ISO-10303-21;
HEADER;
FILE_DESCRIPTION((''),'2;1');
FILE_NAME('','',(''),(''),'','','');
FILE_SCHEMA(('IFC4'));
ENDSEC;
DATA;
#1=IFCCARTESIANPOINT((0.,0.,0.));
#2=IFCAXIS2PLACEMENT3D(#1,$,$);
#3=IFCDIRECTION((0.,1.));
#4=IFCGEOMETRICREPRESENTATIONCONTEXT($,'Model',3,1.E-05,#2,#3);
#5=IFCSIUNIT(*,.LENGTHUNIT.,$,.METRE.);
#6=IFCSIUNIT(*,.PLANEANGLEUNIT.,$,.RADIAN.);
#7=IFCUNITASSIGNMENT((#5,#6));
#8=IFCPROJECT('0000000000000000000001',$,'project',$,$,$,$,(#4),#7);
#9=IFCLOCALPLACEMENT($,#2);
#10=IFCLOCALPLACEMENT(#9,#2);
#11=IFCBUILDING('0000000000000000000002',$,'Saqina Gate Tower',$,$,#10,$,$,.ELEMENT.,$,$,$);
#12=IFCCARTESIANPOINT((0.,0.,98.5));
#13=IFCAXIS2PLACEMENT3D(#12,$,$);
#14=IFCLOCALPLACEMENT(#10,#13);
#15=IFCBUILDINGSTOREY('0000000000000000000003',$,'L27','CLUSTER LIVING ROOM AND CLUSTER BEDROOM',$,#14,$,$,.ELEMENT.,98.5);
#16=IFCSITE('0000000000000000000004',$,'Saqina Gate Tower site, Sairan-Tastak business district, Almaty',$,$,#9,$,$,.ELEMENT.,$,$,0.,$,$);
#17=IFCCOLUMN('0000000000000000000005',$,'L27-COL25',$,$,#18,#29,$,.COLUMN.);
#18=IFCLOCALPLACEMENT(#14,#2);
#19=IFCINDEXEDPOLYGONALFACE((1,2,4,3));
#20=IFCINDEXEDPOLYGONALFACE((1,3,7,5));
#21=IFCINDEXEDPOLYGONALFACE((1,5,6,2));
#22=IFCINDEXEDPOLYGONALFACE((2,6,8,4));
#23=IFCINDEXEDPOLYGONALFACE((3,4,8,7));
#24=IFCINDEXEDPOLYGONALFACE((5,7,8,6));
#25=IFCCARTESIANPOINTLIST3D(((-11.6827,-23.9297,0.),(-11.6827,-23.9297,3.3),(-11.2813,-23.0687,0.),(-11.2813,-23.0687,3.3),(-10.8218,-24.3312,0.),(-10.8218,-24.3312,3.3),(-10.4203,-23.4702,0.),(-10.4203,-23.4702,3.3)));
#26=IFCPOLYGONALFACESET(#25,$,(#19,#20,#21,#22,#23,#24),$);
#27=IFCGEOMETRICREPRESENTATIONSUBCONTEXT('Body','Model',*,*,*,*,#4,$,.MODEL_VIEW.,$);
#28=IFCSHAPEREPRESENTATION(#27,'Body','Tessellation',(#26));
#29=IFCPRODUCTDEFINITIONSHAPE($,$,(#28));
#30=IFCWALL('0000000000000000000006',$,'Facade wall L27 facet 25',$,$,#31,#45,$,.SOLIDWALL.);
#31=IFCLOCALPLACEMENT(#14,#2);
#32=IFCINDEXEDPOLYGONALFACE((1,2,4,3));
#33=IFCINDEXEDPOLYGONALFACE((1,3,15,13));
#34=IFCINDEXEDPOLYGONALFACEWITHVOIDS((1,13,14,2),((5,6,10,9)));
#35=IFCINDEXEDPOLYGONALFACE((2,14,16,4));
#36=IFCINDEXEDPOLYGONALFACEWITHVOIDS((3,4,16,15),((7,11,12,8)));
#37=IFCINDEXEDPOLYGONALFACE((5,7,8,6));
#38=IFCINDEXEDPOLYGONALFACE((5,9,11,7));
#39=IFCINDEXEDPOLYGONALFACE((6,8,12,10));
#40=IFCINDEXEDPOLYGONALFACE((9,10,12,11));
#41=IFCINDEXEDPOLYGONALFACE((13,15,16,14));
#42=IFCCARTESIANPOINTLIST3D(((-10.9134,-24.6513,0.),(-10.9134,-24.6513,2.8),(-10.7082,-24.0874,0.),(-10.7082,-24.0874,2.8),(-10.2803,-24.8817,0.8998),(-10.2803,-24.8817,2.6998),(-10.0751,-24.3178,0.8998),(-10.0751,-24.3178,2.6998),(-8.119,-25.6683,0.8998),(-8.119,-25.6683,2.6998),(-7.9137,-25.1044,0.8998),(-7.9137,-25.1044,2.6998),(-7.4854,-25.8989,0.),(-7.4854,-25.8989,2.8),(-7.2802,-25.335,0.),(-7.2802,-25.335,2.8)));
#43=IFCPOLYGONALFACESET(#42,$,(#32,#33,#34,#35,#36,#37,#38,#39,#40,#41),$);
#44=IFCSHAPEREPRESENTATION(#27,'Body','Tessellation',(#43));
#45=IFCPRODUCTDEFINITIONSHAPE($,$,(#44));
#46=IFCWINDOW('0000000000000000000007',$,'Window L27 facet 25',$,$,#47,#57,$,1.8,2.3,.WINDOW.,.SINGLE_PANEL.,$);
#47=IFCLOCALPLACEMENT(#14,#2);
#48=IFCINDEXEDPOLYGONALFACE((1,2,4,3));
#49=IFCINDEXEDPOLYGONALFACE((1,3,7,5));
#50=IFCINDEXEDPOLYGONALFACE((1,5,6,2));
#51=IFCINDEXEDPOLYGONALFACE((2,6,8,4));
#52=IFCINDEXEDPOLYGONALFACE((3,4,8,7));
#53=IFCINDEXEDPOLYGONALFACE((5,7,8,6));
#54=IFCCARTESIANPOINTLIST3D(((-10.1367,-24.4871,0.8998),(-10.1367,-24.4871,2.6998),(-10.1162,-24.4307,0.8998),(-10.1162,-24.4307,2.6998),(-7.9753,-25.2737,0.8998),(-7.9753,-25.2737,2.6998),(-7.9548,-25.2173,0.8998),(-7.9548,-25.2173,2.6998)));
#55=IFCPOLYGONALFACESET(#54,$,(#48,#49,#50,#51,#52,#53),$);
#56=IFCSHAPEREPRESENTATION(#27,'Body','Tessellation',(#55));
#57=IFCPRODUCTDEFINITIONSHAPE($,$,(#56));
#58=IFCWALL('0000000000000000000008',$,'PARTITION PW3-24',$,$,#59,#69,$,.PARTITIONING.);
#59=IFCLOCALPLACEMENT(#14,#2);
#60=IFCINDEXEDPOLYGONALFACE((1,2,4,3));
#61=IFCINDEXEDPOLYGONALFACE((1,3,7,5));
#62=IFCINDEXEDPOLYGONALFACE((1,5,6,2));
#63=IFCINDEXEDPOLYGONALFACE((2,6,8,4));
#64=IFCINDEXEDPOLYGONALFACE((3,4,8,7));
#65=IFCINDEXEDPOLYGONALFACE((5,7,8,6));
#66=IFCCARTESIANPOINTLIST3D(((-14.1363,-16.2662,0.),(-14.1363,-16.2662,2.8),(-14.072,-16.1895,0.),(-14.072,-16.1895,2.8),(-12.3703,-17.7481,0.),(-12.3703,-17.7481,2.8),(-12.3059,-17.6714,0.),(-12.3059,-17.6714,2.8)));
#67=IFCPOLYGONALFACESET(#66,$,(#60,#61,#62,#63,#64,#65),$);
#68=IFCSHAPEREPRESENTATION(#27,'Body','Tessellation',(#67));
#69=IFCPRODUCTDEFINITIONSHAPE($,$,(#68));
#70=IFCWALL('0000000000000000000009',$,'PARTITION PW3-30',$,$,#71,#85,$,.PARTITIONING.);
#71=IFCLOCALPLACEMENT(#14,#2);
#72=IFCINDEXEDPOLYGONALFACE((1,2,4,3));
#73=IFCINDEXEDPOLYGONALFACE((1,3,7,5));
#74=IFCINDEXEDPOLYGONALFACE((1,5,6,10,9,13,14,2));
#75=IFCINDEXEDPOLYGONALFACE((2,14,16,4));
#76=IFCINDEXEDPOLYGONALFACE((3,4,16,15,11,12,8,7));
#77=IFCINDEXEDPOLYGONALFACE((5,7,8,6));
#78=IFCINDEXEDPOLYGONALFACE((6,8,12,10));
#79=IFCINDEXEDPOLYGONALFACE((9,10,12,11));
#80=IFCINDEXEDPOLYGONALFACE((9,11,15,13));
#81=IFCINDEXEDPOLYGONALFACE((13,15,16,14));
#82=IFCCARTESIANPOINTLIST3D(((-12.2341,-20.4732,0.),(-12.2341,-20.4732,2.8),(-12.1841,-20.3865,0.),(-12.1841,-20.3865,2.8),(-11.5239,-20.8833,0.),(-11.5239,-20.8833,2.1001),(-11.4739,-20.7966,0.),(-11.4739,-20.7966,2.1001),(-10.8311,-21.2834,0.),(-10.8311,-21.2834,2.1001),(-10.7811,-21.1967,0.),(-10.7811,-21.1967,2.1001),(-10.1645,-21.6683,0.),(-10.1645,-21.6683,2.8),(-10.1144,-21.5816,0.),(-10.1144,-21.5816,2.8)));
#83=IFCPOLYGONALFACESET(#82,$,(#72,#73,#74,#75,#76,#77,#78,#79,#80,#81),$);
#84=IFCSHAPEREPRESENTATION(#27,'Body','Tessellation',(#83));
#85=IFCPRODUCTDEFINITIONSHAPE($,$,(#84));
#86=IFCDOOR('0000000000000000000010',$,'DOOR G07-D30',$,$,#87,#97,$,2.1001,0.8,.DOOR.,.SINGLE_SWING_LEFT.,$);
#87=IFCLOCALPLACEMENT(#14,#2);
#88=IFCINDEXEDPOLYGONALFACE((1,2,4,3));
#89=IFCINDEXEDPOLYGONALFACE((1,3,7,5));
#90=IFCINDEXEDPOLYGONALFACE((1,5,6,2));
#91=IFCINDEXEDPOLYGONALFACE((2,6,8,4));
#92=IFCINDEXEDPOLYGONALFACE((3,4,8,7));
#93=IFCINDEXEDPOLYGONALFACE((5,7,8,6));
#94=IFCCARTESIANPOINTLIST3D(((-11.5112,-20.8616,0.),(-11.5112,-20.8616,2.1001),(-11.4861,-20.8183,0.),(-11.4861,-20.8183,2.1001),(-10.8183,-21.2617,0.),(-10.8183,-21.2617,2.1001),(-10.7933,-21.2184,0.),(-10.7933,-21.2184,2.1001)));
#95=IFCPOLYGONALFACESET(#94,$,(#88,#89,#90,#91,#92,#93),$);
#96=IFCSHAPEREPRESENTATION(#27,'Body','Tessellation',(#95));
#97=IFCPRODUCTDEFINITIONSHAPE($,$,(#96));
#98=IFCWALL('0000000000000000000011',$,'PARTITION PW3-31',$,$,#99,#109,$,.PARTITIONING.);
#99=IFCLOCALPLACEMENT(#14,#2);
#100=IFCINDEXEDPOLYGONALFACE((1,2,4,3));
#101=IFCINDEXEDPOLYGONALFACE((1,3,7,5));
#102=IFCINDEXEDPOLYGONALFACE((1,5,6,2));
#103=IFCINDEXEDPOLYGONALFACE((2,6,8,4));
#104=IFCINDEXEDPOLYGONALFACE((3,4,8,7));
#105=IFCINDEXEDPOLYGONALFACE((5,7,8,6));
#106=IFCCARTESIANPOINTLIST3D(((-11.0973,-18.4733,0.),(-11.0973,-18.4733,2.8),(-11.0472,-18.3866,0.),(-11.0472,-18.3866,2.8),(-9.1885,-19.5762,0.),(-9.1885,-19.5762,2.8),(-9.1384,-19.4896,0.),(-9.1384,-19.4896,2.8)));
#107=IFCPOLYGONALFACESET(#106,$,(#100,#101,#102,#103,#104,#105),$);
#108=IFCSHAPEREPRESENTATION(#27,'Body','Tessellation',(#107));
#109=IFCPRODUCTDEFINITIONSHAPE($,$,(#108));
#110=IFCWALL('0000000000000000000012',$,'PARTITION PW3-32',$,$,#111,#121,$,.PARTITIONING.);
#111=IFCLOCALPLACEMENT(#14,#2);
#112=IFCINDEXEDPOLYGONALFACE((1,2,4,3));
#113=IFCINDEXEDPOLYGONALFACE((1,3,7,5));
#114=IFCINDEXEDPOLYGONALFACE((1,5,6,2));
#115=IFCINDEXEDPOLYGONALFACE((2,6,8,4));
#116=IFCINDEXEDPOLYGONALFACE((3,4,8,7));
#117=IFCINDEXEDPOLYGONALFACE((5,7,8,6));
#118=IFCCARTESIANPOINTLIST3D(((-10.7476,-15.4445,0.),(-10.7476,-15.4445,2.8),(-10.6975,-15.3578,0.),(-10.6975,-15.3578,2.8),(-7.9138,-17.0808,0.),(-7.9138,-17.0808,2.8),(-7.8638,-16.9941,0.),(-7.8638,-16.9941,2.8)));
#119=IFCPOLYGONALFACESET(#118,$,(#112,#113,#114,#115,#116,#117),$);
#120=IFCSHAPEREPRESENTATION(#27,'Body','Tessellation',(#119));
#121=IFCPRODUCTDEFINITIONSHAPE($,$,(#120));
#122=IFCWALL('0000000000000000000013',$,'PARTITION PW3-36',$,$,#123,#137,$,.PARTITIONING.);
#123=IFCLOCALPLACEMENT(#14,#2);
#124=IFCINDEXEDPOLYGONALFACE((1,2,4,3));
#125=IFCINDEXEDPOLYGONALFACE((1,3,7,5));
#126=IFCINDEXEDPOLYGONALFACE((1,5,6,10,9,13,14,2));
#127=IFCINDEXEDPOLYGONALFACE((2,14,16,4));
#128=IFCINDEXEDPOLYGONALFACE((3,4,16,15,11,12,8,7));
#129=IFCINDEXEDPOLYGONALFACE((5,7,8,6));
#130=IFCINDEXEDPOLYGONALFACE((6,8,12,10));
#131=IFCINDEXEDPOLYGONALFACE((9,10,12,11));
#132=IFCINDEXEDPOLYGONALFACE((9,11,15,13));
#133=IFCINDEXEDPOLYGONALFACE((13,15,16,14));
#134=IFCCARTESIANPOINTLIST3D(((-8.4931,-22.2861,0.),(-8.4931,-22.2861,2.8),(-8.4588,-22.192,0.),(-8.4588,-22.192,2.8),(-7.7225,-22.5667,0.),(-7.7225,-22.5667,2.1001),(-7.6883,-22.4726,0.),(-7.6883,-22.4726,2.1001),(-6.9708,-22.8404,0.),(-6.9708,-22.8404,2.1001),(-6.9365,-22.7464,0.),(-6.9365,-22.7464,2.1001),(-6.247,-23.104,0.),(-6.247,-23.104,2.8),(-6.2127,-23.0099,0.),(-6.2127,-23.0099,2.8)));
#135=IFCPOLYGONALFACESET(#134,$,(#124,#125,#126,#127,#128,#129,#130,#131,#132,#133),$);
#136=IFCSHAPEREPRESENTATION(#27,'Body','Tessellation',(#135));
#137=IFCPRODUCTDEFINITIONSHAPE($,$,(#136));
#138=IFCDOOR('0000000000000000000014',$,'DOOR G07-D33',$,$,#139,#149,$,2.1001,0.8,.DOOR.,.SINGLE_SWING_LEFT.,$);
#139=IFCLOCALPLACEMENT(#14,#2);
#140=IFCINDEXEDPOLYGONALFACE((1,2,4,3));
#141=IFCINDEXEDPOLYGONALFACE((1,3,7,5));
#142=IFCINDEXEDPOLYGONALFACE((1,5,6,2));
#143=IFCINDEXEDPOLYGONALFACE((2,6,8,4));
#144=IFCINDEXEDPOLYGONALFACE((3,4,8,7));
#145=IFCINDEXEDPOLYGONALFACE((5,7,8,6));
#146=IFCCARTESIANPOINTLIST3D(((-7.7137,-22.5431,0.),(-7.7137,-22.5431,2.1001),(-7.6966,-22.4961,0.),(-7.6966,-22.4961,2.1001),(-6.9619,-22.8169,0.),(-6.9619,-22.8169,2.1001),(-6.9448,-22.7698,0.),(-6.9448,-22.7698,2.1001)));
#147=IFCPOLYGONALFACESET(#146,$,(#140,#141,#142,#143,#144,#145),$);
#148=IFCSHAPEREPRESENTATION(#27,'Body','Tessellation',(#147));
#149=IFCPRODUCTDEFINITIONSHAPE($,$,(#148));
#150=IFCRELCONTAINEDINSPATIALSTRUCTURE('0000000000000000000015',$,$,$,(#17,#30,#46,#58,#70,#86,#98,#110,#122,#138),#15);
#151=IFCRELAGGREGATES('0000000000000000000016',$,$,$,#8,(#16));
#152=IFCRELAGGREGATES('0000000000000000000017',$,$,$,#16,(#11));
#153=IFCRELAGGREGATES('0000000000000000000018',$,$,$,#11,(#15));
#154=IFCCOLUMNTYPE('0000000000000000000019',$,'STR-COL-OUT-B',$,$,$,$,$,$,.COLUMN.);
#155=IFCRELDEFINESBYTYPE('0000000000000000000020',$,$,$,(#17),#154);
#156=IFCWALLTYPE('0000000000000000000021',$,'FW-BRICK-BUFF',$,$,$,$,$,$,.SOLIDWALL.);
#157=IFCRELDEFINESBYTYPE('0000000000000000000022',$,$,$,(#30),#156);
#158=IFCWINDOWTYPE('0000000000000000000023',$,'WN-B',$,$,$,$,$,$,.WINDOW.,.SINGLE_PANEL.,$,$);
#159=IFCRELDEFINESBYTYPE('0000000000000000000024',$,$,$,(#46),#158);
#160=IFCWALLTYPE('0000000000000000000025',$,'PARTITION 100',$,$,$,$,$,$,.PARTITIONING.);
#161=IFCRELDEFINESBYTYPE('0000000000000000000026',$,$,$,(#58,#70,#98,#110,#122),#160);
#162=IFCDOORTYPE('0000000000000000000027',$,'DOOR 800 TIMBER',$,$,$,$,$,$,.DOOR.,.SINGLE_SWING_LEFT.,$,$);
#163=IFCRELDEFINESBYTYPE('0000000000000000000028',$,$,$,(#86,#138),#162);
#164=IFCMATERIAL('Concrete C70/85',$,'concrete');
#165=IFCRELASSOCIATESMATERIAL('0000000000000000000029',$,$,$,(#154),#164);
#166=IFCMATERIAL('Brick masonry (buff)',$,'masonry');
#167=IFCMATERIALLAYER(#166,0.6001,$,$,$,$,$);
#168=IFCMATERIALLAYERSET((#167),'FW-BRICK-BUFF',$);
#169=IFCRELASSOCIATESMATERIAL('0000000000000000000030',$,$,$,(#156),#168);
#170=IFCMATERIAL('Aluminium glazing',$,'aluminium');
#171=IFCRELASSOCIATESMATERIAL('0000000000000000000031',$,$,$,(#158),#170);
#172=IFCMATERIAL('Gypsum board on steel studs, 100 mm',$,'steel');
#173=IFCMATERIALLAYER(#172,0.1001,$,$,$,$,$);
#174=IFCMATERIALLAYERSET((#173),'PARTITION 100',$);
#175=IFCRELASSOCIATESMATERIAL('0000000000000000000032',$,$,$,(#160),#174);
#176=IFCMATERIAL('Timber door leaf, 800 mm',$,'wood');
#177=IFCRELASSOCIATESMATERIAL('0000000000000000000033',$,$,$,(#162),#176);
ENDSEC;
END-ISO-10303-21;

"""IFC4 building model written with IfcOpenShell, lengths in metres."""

from ifc_helpers import new_model, si_unit, direction, frame, frame_2d, origin, origin_2d, place, context, subcontext, project, spatial, rectangle, extrude, material, layer, layer_set, material_profile, profile_set, type_object, element, fill, save


model = new_model("IFC4")

# Units and contexts
model_context = context("Model", 3, precision=1e-05, world=origin(), true_north=direction((0.0, 1.0)))
body_context = subcontext(model_context, "Body", "Model", "MODEL_VIEW")
ifc_project = project(units=[si_unit("LENGTHUNIT", "METRE"), si_unit("PLANEANGLEUNIT", "RADIAN")], contexts=[model_context])

# Site, building, storey
site_placement = place(None, origin())
site = spatial("IfcSite", under=ifc_project, at=site_placement, Name="Saqina Gate Tower site, Sairan-Tastak business district, Almaty", CompositionType="ELEMENT", RefElevation=0.0)
building_placement = place(site_placement, origin())
building = spatial("IfcBuilding", under=site, at=building_placement, Name="Saqina Gate Tower", CompositionType="ELEMENT")
storey_placement = place(building_placement, frame((0.0, 0.0, 98.5)))
storey = spatial("IfcBuildingStorey", under=building, at=storey_placement, Name="L27", Description="CLUSTER LIVING ROOM AND CLUSTER BEDROOM", CompositionType="ELEMENT", Elevation=98.5)

# Column
ifc_material_1 = material(Name="Concrete C70/85", Category="concrete")
ifc_material_profile = material_profile(ifc_material_1, rectangle(XDim=0.95, YDim=0.95, at=origin_2d()), Name="RC 950x950")
ifc_profile_set = profile_set([ifc_material_profile], Name="Concrete C70/85")
column_type = type_object("IfcColumnType", Name="STR-COL-OUT-B", PredefinedType="COLUMN", material=ifc_profile_set)
column_placement = place(storey_placement, frame((-11.0515, -23.7, 0.0), z_axis=(0.0, 0.0, 1.0), x_axis=(-0.422618, -0.906308, 0.0)))
element("IfcColumn", 1, at=column_placement, inside=storey, type_object=column_type, Name="L27-COL25", PredefinedType="COLUMN", context=body_context, shape_type="SweptSolid", body=[
    extrude(rectangle(XDim=0.95, YDim=0.95, at=origin_2d()), origin(), (0.0, 0.0, 1.0), 3.3),
])

# Wall, opening, window
ifc_material_2 = material(Name="Brick masonry (buff)", Category="masonry")
ifc_layer_1 = layer(ifc_material_2, 0.6001)
ifc_layer_set_1 = layer_set([ifc_layer_1], Name="FW-BRICK-BUFF")
wall_type_1 = type_object("IfcWallType", Name="FW-BRICK-BUFF", PredefinedType="SOLIDWALL", material=ifc_layer_set_1)
wall_1_placement = place(storey_placement, frame((-10.8108, -24.3694, 0.0), z_axis=(0.0, 0.0, 1.0), x_axis=(0.939704, -0.34199, 0.0)))
wall_1 = element("IfcWall", 2, at=wall_1_placement, inside=storey, type_object=wall_type_1, Name="Facade wall L27 facet 25", PredefinedType="SOLIDWALL", context=body_context, shape_type="SweptSolid", body=[
    extrude(rectangle(XDim=3.6479, YDim=0.6001, at=frame_2d((1.824, 0.0))), origin(), (0.0, 0.0, 1.0), 2.8),
])
opening_1_placement = place(wall_1_placement, frame((0.6738, 0.0, 0.8999)))
opening_1 = element("IfcOpeningElement", 3, at=opening_1_placement, cuts=wall_1, PredefinedType="OPENING", context=body_context, shape_type="SweptSolid", body=[
    extrude(rectangle(XDim=2.3, YDim=1.8, at=frame_2d((1.1499, 0.8999))), frame((0.0, 0.312, 0.0), z_axis=(0.0, -1.0, 0.0), x_axis=(1.0, 0.0, 0.0)), (0.0, 0.0, 1.0), 0.624),
])
ifc_material_3 = material(Name="Aluminium glazing", Category="aluminium")
window_type = type_object("IfcWindowType", Name="WN-B", PartitioningType="SINGLE_PANEL", PredefinedType="WINDOW", material=ifc_material_3)
window_placement = place(opening_1_placement, origin())
window = element("IfcWindow", 4, at=window_placement, inside=storey, type_object=window_type, Name="Window L27 facet 25", OverallHeight=1.8, OverallWidth=2.3, PartitioningType="SINGLE_PANEL", PredefinedType="WINDOW", context=body_context, shape_type="SweptSolid", body=[
    extrude(rectangle(XDim=2.3, YDim=1.8, at=frame_2d((1.1499, 0.8999))), frame((0.0, 0.1799, 0.0), z_axis=(0.0, -1.0, 0.0), x_axis=(1.0, 0.0, 0.0)), (0.0, 0.0, 1.0), 0.0601),
])
fill(opening_1, window)

# Wall
ifc_material_4 = material(Name="Gypsum board on steel studs, 100 mm", Category="steel")
ifc_layer_2 = layer(ifc_material_4, 0.1001)
ifc_layer_set_2 = layer_set([ifc_layer_2], Name="PARTITION 100")
wall_type_2 = type_object("IfcWallType", Name="PARTITION 100", PredefinedType="PARTITIONING", material=ifc_layer_set_2)
wall_2_placement = place(storey_placement, frame((-14.1042, -16.2278, 0.0), z_axis=(0.0, 0.0, 1.0), x_axis=(0.766047, -0.642785, 0.0)))
element("IfcWall", 5, at=wall_2_placement, inside=storey, type_object=wall_type_2, Name="PARTITION PW3-24", PredefinedType="PARTITIONING", context=body_context, shape_type="SweptSolid", body=[
    extrude(rectangle(XDim=2.3054, YDim=0.1001, at=frame_2d((1.1528, 0.0))), origin(), (0.0, 0.0, 1.0), 2.8),
])

# Wall, opening, door
wall_3_placement = place(storey_placement, frame((-12.209, -20.4299, 0.0), z_axis=(0.0, 0.0, 1.0), x_axis=(0.86599, -0.500061, 0.0)))
wall_3 = element("IfcWall", 6, at=wall_3_placement, inside=storey, type_object=wall_type_2, Name="PARTITION PW3-30", PredefinedType="PARTITIONING", context=body_context, shape_type="SweptSolid", body=[
    extrude(rectangle(XDim=2.3899, YDim=0.1001, at=frame_2d((1.1948, 0.0))), origin(), (0.0, 0.0, 1.0), 2.8),
])
opening_2_placement = place(wall_3_placement, frame((0.8201, 0.0, 0.0)))
opening_2 = element("IfcOpeningElement", 7, at=opening_2_placement, cuts=wall_3, PredefinedType="OPENING", context=body_context, shape_type="SweptSolid", body=[
    extrude(rectangle(XDim=0.8, YDim=2.1001, at=frame_2d((0.3999, 1.05))), frame((0.0, 0.062, 0.0), z_axis=(0.0, -1.0, 0.0), x_axis=(1.0, 0.0, 0.0)), (0.0, 0.0, 1.0), 0.124),
])
ifc_material_5 = material(Name="Timber door leaf, 800 mm", Category="wood")
door_type_1 = type_object("IfcDoorType", Name="DOOR 800 TIMBER", OperationType="SINGLE_SWING_LEFT", PredefinedType="DOOR", material=ifc_material_5)
door_1_placement = place(opening_2_placement, frame((0.8, 0.0, 0.0), z_axis=(0.0, 0.0, 1.0), x_axis=(-1.0, 0.0, 0.0)))
door_1 = element("IfcDoor", 8, at=door_1_placement, inside=storey, type_object=door_type_1, Name="DOOR G07-D30", OperationType="SINGLE_SWING_LEFT", OverallHeight=2.1001, OverallWidth=0.8, PredefinedType="DOOR", context=body_context, shape_type="SweptSolid", body=[
    extrude(rectangle(XDim=0.8, YDim=2.1001, at=frame_2d((0.3999, 1.05))), frame((0.0, 0.0249, 0.0), z_axis=(0.0, -1.0, 0.0), x_axis=(1.0, 0.0, 0.0)), (0.0, 0.0, 1.0), 0.05),
])
fill(opening_2, door_1)

# Walls
wall_4_placement = place(storey_placement, frame((-11.0723, -18.4299, 0.0), z_axis=(0.0, 0.0, 1.0), x_axis=(0.865848, -0.500307, 0.0)))
element("IfcWall", 9, at=wall_4_placement, inside=storey, type_object=wall_type_2, Name="PARTITION PW3-31", PredefinedType="PARTITIONING", context=body_context, shape_type="SweptSolid", body=[
    extrude(rectangle(XDim=2.2046, YDim=0.1001, at=frame_2d((1.1023, 0.0))), origin(), (0.0, 0.0, 1.0), 2.8),
])
wall_5_placement = place(storey_placement, frame((-10.7227, -15.4011, 0.0), z_axis=(0.0, 0.0, 1.0), x_axis=(0.866003, -0.500039, 0.0)))
element("IfcWall", 10, at=wall_5_placement, inside=storey, type_object=wall_type_2, Name="PARTITION PW3-32", PredefinedType="PARTITIONING", context=body_context, shape_type="SweptSolid", body=[
    extrude(rectangle(XDim=3.2722, YDim=0.1001, at=frame_2d((1.6362, 0.0))), origin(), (0.0, 0.0, 1.0), 2.8),
])

# Wall, opening, door
wall_6_placement = place(storey_placement, frame((-8.4761, -22.239, 0.0), z_axis=(0.0, 0.0, 1.0), x_axis=(0.939644, -0.342153, 0.0)))
wall_6 = element("IfcWall", 11, at=wall_6_placement, inside=storey, type_object=wall_type_2, Name="PARTITION PW3-36", PredefinedType="PARTITIONING", context=body_context, shape_type="SweptSolid", body=[
    extrude(rectangle(XDim=2.3904, YDim=0.1001, at=frame_2d((1.1953, 0.0))), origin(), (0.0, 0.0, 1.0), 2.8),
])
opening_3_placement = place(wall_6_placement, frame((0.8203, 0.0, 0.0)))
opening_3 = element("IfcOpeningElement", 12, at=opening_3_placement, cuts=wall_6, PredefinedType="OPENING", context=body_context, shape_type="SweptSolid", body=[
    extrude(rectangle(XDim=0.8, YDim=2.1001, at=frame_2d((0.3999, 1.05))), frame((0.0, 0.062, 0.0), z_axis=(0.0, -1.0, 0.0), x_axis=(1.0, 0.0, 0.0)), (0.0, 0.0, 1.0), 0.124),
])
door_2_placement = place(opening_3_placement, frame((0.8, 0.0, 0.0), z_axis=(0.0, 0.0, 1.0), x_axis=(-1.0, 0.0, 0.0)))
door_2 = element("IfcDoor", 13, at=door_2_placement, inside=storey, type_object=door_type_1, Name="DOOR G07-D33", OperationType="SINGLE_SWING_LEFT", OverallHeight=2.1001, OverallWidth=0.8, PredefinedType="DOOR", context=body_context, shape_type="SweptSolid", body=[
    extrude(rectangle(XDim=0.8, YDim=2.1001, at=frame_2d((0.3999, 1.05))), frame((0.0, 0.0249, 0.0), z_axis=(0.0, -1.0, 0.0), x_axis=(1.0, 0.0, 0.0)), (0.0, 0.0, 1.0), 0.05),
])
fill(opening_3, door_2)

save(model, "model.ifc")
